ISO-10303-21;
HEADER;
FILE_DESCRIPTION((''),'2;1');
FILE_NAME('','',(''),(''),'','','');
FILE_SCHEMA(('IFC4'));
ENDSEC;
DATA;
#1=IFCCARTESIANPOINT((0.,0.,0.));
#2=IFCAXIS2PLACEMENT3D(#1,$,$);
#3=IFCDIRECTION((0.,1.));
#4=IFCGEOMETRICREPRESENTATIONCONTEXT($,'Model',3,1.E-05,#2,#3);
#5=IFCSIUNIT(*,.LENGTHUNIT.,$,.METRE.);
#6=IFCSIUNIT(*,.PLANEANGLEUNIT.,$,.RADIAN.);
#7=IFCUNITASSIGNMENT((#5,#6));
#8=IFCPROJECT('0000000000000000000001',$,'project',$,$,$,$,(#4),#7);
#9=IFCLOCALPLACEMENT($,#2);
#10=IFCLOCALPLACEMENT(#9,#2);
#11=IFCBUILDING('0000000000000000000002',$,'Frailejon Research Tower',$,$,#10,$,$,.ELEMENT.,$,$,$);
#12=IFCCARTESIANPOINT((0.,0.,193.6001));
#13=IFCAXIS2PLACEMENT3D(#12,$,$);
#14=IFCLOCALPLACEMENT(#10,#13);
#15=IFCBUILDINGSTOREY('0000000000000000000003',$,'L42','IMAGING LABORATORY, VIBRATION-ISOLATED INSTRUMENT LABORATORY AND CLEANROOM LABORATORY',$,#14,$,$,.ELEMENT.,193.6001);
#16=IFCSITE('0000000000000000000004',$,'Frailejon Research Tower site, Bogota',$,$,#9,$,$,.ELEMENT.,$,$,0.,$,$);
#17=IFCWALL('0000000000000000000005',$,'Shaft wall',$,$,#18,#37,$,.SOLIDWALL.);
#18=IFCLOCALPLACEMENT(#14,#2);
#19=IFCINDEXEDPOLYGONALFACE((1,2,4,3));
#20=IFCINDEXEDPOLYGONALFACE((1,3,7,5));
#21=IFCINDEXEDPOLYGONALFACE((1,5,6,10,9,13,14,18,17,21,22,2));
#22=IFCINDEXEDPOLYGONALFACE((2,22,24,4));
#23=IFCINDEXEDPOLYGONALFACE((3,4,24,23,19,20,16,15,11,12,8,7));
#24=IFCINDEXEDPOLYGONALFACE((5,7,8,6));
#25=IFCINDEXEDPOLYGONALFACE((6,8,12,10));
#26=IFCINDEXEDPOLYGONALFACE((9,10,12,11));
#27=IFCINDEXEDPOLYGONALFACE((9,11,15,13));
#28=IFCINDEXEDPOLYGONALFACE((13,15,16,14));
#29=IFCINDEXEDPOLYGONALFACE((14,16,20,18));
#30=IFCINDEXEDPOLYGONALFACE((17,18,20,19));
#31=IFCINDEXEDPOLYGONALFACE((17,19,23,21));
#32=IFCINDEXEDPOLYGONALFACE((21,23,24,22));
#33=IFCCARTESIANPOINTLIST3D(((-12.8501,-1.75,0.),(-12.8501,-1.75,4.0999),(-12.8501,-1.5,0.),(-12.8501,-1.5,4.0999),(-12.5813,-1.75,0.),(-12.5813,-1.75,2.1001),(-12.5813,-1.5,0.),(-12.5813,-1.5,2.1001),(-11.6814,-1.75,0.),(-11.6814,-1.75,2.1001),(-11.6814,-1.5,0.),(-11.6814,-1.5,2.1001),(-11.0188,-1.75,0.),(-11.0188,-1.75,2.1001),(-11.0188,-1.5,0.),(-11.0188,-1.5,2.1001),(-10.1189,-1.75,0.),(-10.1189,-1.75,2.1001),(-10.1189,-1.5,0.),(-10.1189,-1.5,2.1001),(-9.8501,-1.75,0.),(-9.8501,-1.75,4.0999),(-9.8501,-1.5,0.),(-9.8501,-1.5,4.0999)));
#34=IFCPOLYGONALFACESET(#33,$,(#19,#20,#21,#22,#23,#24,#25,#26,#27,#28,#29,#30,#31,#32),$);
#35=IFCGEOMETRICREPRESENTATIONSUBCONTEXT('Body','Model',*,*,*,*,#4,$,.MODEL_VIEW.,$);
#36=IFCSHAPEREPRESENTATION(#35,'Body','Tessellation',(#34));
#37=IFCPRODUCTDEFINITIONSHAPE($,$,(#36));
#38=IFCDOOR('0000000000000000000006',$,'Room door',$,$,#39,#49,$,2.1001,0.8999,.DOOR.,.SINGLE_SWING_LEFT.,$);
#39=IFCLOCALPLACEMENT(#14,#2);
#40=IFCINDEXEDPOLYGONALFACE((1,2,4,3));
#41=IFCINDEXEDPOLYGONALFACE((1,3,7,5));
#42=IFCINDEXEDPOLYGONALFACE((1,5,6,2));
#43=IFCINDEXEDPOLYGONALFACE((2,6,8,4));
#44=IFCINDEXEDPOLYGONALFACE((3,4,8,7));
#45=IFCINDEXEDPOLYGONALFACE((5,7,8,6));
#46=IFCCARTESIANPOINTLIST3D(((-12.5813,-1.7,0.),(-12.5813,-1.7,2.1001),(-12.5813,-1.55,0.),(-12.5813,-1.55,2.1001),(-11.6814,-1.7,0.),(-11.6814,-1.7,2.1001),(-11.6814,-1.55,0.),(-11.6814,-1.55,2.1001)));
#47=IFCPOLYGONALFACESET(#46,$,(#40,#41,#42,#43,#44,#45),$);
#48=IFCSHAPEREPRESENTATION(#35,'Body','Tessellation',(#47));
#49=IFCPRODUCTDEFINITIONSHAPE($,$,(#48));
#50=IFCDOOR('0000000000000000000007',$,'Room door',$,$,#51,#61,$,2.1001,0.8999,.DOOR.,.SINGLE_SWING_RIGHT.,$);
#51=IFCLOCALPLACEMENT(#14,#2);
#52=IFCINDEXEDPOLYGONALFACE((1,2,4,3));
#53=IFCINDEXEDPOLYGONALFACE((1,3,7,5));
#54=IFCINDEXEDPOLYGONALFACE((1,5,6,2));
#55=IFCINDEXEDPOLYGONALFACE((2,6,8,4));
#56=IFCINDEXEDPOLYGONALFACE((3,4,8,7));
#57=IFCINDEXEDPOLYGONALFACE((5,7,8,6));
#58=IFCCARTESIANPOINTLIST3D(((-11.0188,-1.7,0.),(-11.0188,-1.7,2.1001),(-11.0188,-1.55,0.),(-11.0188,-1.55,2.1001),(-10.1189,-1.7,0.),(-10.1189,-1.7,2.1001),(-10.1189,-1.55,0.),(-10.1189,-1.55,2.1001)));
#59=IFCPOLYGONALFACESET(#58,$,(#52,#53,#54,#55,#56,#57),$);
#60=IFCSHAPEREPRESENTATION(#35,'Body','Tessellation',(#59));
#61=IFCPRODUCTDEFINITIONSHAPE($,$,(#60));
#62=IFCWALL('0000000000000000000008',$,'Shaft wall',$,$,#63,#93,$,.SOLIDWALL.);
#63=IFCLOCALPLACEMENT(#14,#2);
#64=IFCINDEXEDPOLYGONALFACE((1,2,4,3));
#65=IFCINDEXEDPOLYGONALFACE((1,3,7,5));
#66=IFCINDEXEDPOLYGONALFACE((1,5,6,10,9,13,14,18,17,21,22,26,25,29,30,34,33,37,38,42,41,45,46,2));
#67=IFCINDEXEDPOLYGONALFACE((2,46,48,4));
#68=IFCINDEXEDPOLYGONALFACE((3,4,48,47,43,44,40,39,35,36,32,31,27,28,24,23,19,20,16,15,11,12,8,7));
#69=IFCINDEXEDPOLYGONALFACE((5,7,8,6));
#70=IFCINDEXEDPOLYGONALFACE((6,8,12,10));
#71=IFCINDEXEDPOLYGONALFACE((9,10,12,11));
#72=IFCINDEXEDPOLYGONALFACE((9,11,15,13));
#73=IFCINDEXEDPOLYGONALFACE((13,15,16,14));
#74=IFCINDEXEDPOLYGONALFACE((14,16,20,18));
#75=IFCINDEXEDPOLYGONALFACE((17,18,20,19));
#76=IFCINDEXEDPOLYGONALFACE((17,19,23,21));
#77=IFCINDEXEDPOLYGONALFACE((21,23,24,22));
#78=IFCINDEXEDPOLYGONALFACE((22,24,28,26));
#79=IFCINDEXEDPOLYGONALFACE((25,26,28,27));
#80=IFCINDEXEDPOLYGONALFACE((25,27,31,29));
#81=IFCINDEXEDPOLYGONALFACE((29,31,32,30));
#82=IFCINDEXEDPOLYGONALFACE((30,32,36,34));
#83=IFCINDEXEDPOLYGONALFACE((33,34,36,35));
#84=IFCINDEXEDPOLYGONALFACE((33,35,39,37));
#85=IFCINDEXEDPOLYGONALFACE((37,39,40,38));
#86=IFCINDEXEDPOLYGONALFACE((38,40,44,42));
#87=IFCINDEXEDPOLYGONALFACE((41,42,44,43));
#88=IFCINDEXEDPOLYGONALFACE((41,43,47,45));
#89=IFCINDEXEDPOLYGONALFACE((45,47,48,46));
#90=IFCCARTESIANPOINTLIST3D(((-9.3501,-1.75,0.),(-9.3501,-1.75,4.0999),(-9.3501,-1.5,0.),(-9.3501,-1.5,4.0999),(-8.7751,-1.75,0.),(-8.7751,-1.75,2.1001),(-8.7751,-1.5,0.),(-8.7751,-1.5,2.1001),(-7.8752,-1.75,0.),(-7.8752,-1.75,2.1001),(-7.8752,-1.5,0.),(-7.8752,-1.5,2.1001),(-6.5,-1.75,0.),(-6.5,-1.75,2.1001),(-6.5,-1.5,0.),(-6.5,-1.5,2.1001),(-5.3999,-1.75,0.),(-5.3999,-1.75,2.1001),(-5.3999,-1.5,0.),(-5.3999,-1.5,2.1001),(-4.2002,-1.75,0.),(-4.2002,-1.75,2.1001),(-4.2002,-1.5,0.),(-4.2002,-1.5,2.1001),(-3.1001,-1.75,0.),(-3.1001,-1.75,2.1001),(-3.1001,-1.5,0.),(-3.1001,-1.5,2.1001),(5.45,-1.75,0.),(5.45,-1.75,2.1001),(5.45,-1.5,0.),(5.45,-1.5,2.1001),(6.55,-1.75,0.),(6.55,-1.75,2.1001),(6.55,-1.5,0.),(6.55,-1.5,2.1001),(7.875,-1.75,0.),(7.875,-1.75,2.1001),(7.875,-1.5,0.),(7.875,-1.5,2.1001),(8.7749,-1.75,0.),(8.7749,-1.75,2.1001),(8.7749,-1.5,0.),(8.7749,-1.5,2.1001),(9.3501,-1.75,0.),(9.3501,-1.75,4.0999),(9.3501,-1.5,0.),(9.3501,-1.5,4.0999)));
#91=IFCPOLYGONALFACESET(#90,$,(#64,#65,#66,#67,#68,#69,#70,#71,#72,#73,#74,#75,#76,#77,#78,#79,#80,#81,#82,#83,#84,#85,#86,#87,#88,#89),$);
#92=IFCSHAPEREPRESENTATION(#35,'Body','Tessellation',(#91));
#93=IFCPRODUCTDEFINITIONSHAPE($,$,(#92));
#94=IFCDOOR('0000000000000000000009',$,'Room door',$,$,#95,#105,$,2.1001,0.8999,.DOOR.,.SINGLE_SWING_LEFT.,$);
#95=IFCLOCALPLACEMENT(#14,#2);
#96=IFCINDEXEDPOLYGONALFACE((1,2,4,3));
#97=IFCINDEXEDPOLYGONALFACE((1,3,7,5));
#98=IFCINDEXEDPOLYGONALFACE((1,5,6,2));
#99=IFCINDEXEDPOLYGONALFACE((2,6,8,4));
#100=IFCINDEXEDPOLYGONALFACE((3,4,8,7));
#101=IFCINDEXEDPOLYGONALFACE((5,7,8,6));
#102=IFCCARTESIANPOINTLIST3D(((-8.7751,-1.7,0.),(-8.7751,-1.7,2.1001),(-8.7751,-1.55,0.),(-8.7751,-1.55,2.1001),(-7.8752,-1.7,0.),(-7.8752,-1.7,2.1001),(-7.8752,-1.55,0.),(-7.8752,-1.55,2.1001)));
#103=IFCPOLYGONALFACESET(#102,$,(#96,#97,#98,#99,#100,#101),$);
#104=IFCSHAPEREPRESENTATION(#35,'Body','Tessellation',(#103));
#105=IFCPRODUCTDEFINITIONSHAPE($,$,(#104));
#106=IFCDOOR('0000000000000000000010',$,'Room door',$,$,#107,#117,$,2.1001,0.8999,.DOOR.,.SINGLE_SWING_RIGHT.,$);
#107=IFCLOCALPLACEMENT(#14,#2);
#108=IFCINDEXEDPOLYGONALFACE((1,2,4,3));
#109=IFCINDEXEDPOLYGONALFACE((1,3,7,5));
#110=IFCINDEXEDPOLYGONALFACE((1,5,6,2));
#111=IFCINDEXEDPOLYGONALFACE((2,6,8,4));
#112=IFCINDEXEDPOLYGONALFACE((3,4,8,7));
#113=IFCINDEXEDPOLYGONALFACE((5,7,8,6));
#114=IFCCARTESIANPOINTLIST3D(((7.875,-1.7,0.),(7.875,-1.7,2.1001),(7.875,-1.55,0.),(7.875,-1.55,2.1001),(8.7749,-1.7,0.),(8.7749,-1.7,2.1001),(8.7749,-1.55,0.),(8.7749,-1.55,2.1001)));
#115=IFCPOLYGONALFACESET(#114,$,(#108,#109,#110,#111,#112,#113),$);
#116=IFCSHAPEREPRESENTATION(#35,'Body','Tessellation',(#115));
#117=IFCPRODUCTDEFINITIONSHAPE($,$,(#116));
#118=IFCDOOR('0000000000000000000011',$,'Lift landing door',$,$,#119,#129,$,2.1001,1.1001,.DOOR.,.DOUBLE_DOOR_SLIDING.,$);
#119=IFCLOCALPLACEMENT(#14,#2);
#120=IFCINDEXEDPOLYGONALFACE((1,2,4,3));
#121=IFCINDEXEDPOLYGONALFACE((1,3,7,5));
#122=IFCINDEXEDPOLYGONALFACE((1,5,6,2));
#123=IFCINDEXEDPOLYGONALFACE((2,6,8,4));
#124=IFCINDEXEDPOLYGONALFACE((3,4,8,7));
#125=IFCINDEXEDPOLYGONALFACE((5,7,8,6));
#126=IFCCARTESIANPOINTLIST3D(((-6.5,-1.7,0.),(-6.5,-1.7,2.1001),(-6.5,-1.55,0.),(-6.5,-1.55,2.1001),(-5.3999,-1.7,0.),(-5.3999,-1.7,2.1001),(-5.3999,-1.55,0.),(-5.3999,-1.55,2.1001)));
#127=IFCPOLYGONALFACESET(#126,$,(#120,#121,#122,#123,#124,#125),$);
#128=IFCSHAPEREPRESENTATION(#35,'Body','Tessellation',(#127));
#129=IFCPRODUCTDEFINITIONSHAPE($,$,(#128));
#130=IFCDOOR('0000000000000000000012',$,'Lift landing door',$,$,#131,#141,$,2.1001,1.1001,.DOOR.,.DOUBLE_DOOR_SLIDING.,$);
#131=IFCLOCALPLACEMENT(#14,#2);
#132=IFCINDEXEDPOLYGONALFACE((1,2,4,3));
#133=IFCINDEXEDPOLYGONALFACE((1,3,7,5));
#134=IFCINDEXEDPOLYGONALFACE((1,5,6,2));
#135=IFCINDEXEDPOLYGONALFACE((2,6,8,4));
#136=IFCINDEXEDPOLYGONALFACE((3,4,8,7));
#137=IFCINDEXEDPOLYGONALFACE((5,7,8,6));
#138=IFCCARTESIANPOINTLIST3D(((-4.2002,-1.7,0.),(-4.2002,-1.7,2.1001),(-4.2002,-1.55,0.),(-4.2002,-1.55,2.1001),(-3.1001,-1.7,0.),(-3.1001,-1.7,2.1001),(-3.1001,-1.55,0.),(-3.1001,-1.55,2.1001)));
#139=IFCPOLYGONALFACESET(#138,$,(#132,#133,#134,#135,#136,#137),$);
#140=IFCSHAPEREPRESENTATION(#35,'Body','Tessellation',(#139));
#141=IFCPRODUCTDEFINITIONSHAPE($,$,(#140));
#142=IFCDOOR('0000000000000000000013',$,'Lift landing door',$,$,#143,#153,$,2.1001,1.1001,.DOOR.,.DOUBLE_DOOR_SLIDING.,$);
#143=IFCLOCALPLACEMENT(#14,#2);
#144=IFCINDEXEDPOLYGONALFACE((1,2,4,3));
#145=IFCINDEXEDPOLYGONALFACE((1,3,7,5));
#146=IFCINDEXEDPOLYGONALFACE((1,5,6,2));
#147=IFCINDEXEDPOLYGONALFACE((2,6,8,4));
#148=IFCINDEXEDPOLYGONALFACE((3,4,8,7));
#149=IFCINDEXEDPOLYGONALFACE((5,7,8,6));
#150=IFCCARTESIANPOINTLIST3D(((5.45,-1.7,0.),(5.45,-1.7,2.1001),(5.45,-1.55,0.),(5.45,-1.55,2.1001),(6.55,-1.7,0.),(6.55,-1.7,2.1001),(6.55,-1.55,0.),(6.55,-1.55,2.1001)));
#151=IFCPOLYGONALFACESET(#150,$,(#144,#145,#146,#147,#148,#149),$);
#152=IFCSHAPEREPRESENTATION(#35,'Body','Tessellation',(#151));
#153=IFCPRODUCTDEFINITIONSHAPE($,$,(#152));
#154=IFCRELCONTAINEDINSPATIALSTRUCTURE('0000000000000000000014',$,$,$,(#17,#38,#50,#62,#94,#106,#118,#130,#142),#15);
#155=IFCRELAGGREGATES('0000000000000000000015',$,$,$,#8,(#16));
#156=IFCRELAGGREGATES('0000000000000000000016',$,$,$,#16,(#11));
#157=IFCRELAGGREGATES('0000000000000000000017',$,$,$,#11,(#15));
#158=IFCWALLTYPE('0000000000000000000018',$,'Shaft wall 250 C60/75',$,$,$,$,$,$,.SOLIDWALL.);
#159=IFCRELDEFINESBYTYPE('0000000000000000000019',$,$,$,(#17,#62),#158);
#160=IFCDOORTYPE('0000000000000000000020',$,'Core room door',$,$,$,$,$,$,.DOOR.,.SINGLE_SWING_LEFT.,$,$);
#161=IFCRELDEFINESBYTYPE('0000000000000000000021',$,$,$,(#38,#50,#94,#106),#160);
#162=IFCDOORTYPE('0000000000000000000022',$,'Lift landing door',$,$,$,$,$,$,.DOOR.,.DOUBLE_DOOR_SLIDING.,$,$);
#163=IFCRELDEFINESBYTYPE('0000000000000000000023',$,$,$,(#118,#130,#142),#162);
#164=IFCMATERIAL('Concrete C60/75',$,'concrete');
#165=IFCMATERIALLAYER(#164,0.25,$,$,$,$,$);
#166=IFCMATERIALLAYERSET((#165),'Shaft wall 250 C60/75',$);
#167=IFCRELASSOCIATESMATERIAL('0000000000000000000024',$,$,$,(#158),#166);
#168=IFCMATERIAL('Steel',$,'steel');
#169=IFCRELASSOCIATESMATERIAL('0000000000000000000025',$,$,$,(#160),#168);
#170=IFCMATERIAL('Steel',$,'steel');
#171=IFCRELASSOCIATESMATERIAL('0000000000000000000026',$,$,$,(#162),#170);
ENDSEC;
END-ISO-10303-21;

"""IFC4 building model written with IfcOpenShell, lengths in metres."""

from ifc_helpers import new_model, si_unit, direction, frame, frame_2d, origin, place, context, subcontext, project, spatial, rectangle, extrude, material, layer, layer_set, type_object, element, fill, save


model = new_model("IFC4")

# Units and contexts
model_context = context("Model", 3, precision=1e-05, world=origin(), true_north=direction((0.0, 1.0)))
body_context = subcontext(model_context, "Body", "Model", "MODEL_VIEW")
ifc_project = project(units=[si_unit("LENGTHUNIT", "METRE"), si_unit("PLANEANGLEUNIT", "RADIAN")], contexts=[model_context])

# Site, building, storey
site_placement = place(None, origin())
site = spatial("IfcSite", under=ifc_project, at=site_placement, Name="Frailejon Research Tower site, Bogota", CompositionType="ELEMENT", RefElevation=0.0)
building_placement = place(site_placement, origin())
building = spatial("IfcBuilding", under=site, at=building_placement, Name="Frailejon Research Tower", CompositionType="ELEMENT")
storey_placement = place(building_placement, frame((0.0, 0.0, 193.6001)))
storey = spatial("IfcBuildingStorey", under=building, at=storey_placement, Name="L42", Description="IMAGING LABORATORY, VIBRATION-ISOLATED INSTRUMENT LABORATORY AND CLEANROOM LABORATORY", CompositionType="ELEMENT", Elevation=193.6001)

# Walls, openings, doors
ifc_material_1 = material(Name="Concrete C60/75", Category="concrete")
ifc_layer = layer(ifc_material_1, 0.25)
ifc_layer_set = layer_set([ifc_layer], Name="Shaft wall 250 C60/75")
wall_type = type_object("IfcWallType", Name="Shaft wall 250 C60/75", PredefinedType="SOLIDWALL", material=ifc_layer_set)
ifc_material_2 = material(Name="Steel", Category="steel")
door_type_1 = type_object("IfcDoorType", Name="Core room door", OperationType="SINGLE_SWING_LEFT", PredefinedType="DOOR", material=ifc_material_2)
ifc_material_3 = material(Name="Steel", Category="steel")
door_type_2 = type_object("IfcDoorType", Name="Lift landing door", OperationType="DOUBLE_DOOR_SLIDING", PredefinedType="DOOR", material=ifc_material_3)
wall_1_placement = place(storey_placement, frame((-12.8501, -1.625, 0.0), z_axis=(0.0, 0.0, 1.0), x_axis=(1.0, 0.0, 0.0)))
wall_1 = element("IfcWall", 1, at=wall_1_placement, inside=storey, type_object=wall_type, Name="Shaft wall", PredefinedType="SOLIDWALL", context=body_context, shape_type="SweptSolid", body=[
    extrude(rectangle(XDim=3.0, YDim=0.25, at=frame_2d((1.5, 0.0))), origin(), (0.0, 0.0, 1.0), 4.0999),
])
opening_1_placement = place(wall_1_placement, frame((0.2688, 0.0, 0.0)))
opening_1 = element("IfcOpeningElement", 2, at=opening_1_placement, cuts=wall_1, PredefinedType="OPENING", context=body_context, shape_type="SweptSolid", body=[
    extrude(rectangle(XDim=0.8999, YDim=2.1001, at=frame_2d((0.45, 1.05))), frame((0.0, 0.135, 0.0), z_axis=(0.0, -1.0, 0.0), x_axis=(1.0, 0.0, 0.0)), (0.0, 0.0, 1.0), 0.27),
])
opening_2_placement = place(wall_1_placement, frame((1.8313, 0.0, 0.0)))
opening_2 = element("IfcOpeningElement", 3, at=opening_2_placement, cuts=wall_1, PredefinedType="OPENING", context=body_context, shape_type="SweptSolid", body=[
    extrude(rectangle(XDim=0.8999, YDim=2.1001, at=frame_2d((0.45, 1.05))), frame((0.0, 0.135, 0.0), z_axis=(0.0, -1.0, 0.0), x_axis=(1.0, 0.0, 0.0)), (0.0, 0.0, 1.0), 0.27),
])
door_1_placement = place(opening_1_placement, origin())
door_1 = element("IfcDoor", 4, at=door_1_placement, inside=storey, type_object=door_type_1, Name="Room door", OperationType="SINGLE_SWING_LEFT", OverallHeight=2.1001, OverallWidth=0.8999, PredefinedType="DOOR", context=body_context, shape_type="SweptSolid", body=[
    extrude(rectangle(XDim=0.8999, YDim=2.1001, at=frame_2d((0.45, 1.05))), frame((0.0, 0.075, 0.0), z_axis=(0.0, -1.0, 0.0), x_axis=(1.0, 0.0, 0.0)), (0.0, 0.0, 1.0), 0.1499),
])
fill(opening_1, door_1)
door_2_placement = place(opening_2_placement, origin())
door_2 = element("IfcDoor", 5, at=door_2_placement, inside=storey, type_object=door_type_1, Name="Room door", OperationType="SINGLE_SWING_RIGHT", OverallHeight=2.1001, OverallWidth=0.8999, PredefinedType="DOOR", context=body_context, shape_type="SweptSolid", body=[
    extrude(rectangle(XDim=0.8999, YDim=2.1001, at=frame_2d((0.45, 1.05))), frame((0.0, 0.075, 0.0), z_axis=(0.0, -1.0, 0.0), x_axis=(1.0, 0.0, 0.0)), (0.0, 0.0, 1.0), 0.1499),
])
fill(opening_2, door_2)
wall_2_placement = place(storey_placement, frame((-9.3501, -1.625, 0.0), z_axis=(0.0, 0.0, 1.0), x_axis=(1.0, 0.0, 0.0)))
wall_2 = element("IfcWall", 6, at=wall_2_placement, inside=storey, type_object=wall_type, Name="Shaft wall", PredefinedType="SOLIDWALL", context=body_context, shape_type="SweptSolid", body=[
    extrude(rectangle(XDim=18.7002, YDim=0.25, at=frame_2d((9.3501, 0.0))), origin(), (0.0, 0.0, 1.0), 4.0999),
])
opening_3_placement = place(wall_2_placement, frame((2.8501, 0.0, 0.0)))
opening_3 = element("IfcOpeningElement", 7, at=opening_3_placement, cuts=wall_2, PredefinedType="OPENING", context=body_context, shape_type="SweptSolid", body=[
    extrude(rectangle(XDim=1.1001, YDim=2.1001, at=frame_2d((0.55, 1.05))), frame((0.0, 0.135, 0.0), z_axis=(0.0, -1.0, 0.0), x_axis=(1.0, 0.0, 0.0)), (0.0, 0.0, 1.0), 0.27),
])
opening_4_placement = place(wall_2_placement, frame((5.1499, 0.0, 0.0)))
opening_4 = element("IfcOpeningElement", 8, at=opening_4_placement, cuts=wall_2, PredefinedType="OPENING", context=body_context, shape_type="SweptSolid", body=[
    extrude(rectangle(XDim=1.1001, YDim=2.1001, at=frame_2d((0.55, 1.05))), frame((0.0, 0.135, 0.0), z_axis=(0.0, -1.0, 0.0), x_axis=(1.0, 0.0, 0.0)), (0.0, 0.0, 1.0), 0.27),
])
opening_5_placement = place(wall_2_placement, frame((14.8, 0.0, 0.0)))
opening_5 = element("IfcOpeningElement", 9, at=opening_5_placement, cuts=wall_2, PredefinedType="OPENING", context=body_context, shape_type="SweptSolid", body=[
    extrude(rectangle(XDim=1.1001, YDim=2.1001, at=frame_2d((0.55, 1.05))), frame((0.0, 0.135, 0.0), z_axis=(0.0, -1.0, 0.0), x_axis=(1.0, 0.0, 0.0)), (0.0, 0.0, 1.0), 0.27),
])
opening_6_placement = place(wall_2_placement, frame((0.575, 0.0, 0.0)))
opening_6 = element("IfcOpeningElement", 10, at=opening_6_placement, cuts=wall_2, PredefinedType="OPENING", context=body_context, shape_type="SweptSolid", body=[
    extrude(rectangle(XDim=0.8999, YDim=2.1001, at=frame_2d((0.45, 1.05))), frame((0.0, 0.135, 0.0), z_axis=(0.0, -1.0, 0.0), x_axis=(1.0, 0.0, 0.0)), (0.0, 0.0, 1.0), 0.27),
])
opening_7_placement = place(wall_2_placement, frame((17.2251, 0.0, 0.0)))
opening_7 = element("IfcOpeningElement", 11, at=opening_7_placement, cuts=wall_2, PredefinedType="OPENING", context=body_context, shape_type="SweptSolid", body=[
    extrude(rectangle(XDim=0.8999, YDim=2.1001, at=frame_2d((0.45, 1.05))), frame((0.0, 0.135, 0.0), z_axis=(0.0, -1.0, 0.0), x_axis=(1.0, 0.0, 0.0)), (0.0, 0.0, 1.0), 0.27),
])
door_3_placement = place(opening_6_placement, origin())
door_3 = element("IfcDoor", 12, at=door_3_placement, inside=storey, type_object=door_type_1, Name="Room door", OperationType="SINGLE_SWING_LEFT", OverallHeight=2.1001, OverallWidth=0.8999, PredefinedType="DOOR", context=body_context, shape_type="SweptSolid", body=[
    extrude(rectangle(XDim=0.8999, YDim=2.1001, at=frame_2d((0.45, 1.05))), frame((0.0, 0.075, 0.0), z_axis=(0.0, -1.0, 0.0), x_axis=(1.0, 0.0, 0.0)), (0.0, 0.0, 1.0), 0.1499),
])
fill(opening_6, door_3)
door_4_placement = place(opening_7_placement, origin())
door_4 = element("IfcDoor", 13, at=door_4_placement, inside=storey, type_object=door_type_1, Name="Room door", OperationType="SINGLE_SWING_RIGHT", OverallHeight=2.1001, OverallWidth=0.8999, PredefinedType="DOOR", context=body_context, shape_type="SweptSolid", body=[
    extrude(rectangle(XDim=0.8999, YDim=2.1001, at=frame_2d((0.45, 1.05))), frame((0.0, 0.075, 0.0), z_axis=(0.0, -1.0, 0.0), x_axis=(1.0, 0.0, 0.0)), (0.0, 0.0, 1.0), 0.1499),
])
fill(opening_7, door_4)
door_5_placement = place(opening_3_placement, origin())
door_5 = element("IfcDoor", 14, at=door_5_placement, inside=storey, type_object=door_type_2, Name="Lift landing door", OperationType="DOUBLE_DOOR_SLIDING", OverallHeight=2.1001, OverallWidth=1.1001, PredefinedType="DOOR", context=body_context, shape_type="SweptSolid", body=[
    extrude(rectangle(XDim=1.1001, YDim=2.1001, at=frame_2d((0.55, 1.05))), frame((0.0, 0.075, 0.0), z_axis=(0.0, -1.0, 0.0), x_axis=(1.0, 0.0, 0.0)), (0.0, 0.0, 1.0), 0.1499),
])
fill(opening_3, door_5)
door_6_placement = place(opening_4_placement, origin())
door_6 = element("IfcDoor", 15, at=door_6_placement, inside=storey, type_object=door_type_2, Name="Lift landing door", OperationType="DOUBLE_DOOR_SLIDING", OverallHeight=2.1001, OverallWidth=1.1001, PredefinedType="DOOR", context=body_context, shape_type="SweptSolid", body=[
    extrude(rectangle(XDim=1.1001, YDim=2.1001, at=frame_2d((0.55, 1.05))), frame((0.0, 0.075, 0.0), z_axis=(0.0, -1.0, 0.0), x_axis=(1.0, 0.0, 0.0)), (0.0, 0.0, 1.0), 0.1499),
])
fill(opening_4, door_6)
door_7_placement = place(opening_5_placement, origin())
door_7 = element("IfcDoor", 16, at=door_7_placement, inside=storey, type_object=door_type_2, Name="Lift landing door", OperationType="DOUBLE_DOOR_SLIDING", OverallHeight=2.1001, OverallWidth=1.1001, PredefinedType="DOOR", context=body_context, shape_type="SweptSolid", body=[
    extrude(rectangle(XDim=1.1001, YDim=2.1001, at=frame_2d((0.55, 1.05))), frame((0.0, 0.075, 0.0), z_axis=(0.0, -1.0, 0.0), x_axis=(1.0, 0.0, 0.0)), (0.0, 0.0, 1.0), 0.1499),
])
fill(opening_5, door_7)

save(model, "model.ifc")
